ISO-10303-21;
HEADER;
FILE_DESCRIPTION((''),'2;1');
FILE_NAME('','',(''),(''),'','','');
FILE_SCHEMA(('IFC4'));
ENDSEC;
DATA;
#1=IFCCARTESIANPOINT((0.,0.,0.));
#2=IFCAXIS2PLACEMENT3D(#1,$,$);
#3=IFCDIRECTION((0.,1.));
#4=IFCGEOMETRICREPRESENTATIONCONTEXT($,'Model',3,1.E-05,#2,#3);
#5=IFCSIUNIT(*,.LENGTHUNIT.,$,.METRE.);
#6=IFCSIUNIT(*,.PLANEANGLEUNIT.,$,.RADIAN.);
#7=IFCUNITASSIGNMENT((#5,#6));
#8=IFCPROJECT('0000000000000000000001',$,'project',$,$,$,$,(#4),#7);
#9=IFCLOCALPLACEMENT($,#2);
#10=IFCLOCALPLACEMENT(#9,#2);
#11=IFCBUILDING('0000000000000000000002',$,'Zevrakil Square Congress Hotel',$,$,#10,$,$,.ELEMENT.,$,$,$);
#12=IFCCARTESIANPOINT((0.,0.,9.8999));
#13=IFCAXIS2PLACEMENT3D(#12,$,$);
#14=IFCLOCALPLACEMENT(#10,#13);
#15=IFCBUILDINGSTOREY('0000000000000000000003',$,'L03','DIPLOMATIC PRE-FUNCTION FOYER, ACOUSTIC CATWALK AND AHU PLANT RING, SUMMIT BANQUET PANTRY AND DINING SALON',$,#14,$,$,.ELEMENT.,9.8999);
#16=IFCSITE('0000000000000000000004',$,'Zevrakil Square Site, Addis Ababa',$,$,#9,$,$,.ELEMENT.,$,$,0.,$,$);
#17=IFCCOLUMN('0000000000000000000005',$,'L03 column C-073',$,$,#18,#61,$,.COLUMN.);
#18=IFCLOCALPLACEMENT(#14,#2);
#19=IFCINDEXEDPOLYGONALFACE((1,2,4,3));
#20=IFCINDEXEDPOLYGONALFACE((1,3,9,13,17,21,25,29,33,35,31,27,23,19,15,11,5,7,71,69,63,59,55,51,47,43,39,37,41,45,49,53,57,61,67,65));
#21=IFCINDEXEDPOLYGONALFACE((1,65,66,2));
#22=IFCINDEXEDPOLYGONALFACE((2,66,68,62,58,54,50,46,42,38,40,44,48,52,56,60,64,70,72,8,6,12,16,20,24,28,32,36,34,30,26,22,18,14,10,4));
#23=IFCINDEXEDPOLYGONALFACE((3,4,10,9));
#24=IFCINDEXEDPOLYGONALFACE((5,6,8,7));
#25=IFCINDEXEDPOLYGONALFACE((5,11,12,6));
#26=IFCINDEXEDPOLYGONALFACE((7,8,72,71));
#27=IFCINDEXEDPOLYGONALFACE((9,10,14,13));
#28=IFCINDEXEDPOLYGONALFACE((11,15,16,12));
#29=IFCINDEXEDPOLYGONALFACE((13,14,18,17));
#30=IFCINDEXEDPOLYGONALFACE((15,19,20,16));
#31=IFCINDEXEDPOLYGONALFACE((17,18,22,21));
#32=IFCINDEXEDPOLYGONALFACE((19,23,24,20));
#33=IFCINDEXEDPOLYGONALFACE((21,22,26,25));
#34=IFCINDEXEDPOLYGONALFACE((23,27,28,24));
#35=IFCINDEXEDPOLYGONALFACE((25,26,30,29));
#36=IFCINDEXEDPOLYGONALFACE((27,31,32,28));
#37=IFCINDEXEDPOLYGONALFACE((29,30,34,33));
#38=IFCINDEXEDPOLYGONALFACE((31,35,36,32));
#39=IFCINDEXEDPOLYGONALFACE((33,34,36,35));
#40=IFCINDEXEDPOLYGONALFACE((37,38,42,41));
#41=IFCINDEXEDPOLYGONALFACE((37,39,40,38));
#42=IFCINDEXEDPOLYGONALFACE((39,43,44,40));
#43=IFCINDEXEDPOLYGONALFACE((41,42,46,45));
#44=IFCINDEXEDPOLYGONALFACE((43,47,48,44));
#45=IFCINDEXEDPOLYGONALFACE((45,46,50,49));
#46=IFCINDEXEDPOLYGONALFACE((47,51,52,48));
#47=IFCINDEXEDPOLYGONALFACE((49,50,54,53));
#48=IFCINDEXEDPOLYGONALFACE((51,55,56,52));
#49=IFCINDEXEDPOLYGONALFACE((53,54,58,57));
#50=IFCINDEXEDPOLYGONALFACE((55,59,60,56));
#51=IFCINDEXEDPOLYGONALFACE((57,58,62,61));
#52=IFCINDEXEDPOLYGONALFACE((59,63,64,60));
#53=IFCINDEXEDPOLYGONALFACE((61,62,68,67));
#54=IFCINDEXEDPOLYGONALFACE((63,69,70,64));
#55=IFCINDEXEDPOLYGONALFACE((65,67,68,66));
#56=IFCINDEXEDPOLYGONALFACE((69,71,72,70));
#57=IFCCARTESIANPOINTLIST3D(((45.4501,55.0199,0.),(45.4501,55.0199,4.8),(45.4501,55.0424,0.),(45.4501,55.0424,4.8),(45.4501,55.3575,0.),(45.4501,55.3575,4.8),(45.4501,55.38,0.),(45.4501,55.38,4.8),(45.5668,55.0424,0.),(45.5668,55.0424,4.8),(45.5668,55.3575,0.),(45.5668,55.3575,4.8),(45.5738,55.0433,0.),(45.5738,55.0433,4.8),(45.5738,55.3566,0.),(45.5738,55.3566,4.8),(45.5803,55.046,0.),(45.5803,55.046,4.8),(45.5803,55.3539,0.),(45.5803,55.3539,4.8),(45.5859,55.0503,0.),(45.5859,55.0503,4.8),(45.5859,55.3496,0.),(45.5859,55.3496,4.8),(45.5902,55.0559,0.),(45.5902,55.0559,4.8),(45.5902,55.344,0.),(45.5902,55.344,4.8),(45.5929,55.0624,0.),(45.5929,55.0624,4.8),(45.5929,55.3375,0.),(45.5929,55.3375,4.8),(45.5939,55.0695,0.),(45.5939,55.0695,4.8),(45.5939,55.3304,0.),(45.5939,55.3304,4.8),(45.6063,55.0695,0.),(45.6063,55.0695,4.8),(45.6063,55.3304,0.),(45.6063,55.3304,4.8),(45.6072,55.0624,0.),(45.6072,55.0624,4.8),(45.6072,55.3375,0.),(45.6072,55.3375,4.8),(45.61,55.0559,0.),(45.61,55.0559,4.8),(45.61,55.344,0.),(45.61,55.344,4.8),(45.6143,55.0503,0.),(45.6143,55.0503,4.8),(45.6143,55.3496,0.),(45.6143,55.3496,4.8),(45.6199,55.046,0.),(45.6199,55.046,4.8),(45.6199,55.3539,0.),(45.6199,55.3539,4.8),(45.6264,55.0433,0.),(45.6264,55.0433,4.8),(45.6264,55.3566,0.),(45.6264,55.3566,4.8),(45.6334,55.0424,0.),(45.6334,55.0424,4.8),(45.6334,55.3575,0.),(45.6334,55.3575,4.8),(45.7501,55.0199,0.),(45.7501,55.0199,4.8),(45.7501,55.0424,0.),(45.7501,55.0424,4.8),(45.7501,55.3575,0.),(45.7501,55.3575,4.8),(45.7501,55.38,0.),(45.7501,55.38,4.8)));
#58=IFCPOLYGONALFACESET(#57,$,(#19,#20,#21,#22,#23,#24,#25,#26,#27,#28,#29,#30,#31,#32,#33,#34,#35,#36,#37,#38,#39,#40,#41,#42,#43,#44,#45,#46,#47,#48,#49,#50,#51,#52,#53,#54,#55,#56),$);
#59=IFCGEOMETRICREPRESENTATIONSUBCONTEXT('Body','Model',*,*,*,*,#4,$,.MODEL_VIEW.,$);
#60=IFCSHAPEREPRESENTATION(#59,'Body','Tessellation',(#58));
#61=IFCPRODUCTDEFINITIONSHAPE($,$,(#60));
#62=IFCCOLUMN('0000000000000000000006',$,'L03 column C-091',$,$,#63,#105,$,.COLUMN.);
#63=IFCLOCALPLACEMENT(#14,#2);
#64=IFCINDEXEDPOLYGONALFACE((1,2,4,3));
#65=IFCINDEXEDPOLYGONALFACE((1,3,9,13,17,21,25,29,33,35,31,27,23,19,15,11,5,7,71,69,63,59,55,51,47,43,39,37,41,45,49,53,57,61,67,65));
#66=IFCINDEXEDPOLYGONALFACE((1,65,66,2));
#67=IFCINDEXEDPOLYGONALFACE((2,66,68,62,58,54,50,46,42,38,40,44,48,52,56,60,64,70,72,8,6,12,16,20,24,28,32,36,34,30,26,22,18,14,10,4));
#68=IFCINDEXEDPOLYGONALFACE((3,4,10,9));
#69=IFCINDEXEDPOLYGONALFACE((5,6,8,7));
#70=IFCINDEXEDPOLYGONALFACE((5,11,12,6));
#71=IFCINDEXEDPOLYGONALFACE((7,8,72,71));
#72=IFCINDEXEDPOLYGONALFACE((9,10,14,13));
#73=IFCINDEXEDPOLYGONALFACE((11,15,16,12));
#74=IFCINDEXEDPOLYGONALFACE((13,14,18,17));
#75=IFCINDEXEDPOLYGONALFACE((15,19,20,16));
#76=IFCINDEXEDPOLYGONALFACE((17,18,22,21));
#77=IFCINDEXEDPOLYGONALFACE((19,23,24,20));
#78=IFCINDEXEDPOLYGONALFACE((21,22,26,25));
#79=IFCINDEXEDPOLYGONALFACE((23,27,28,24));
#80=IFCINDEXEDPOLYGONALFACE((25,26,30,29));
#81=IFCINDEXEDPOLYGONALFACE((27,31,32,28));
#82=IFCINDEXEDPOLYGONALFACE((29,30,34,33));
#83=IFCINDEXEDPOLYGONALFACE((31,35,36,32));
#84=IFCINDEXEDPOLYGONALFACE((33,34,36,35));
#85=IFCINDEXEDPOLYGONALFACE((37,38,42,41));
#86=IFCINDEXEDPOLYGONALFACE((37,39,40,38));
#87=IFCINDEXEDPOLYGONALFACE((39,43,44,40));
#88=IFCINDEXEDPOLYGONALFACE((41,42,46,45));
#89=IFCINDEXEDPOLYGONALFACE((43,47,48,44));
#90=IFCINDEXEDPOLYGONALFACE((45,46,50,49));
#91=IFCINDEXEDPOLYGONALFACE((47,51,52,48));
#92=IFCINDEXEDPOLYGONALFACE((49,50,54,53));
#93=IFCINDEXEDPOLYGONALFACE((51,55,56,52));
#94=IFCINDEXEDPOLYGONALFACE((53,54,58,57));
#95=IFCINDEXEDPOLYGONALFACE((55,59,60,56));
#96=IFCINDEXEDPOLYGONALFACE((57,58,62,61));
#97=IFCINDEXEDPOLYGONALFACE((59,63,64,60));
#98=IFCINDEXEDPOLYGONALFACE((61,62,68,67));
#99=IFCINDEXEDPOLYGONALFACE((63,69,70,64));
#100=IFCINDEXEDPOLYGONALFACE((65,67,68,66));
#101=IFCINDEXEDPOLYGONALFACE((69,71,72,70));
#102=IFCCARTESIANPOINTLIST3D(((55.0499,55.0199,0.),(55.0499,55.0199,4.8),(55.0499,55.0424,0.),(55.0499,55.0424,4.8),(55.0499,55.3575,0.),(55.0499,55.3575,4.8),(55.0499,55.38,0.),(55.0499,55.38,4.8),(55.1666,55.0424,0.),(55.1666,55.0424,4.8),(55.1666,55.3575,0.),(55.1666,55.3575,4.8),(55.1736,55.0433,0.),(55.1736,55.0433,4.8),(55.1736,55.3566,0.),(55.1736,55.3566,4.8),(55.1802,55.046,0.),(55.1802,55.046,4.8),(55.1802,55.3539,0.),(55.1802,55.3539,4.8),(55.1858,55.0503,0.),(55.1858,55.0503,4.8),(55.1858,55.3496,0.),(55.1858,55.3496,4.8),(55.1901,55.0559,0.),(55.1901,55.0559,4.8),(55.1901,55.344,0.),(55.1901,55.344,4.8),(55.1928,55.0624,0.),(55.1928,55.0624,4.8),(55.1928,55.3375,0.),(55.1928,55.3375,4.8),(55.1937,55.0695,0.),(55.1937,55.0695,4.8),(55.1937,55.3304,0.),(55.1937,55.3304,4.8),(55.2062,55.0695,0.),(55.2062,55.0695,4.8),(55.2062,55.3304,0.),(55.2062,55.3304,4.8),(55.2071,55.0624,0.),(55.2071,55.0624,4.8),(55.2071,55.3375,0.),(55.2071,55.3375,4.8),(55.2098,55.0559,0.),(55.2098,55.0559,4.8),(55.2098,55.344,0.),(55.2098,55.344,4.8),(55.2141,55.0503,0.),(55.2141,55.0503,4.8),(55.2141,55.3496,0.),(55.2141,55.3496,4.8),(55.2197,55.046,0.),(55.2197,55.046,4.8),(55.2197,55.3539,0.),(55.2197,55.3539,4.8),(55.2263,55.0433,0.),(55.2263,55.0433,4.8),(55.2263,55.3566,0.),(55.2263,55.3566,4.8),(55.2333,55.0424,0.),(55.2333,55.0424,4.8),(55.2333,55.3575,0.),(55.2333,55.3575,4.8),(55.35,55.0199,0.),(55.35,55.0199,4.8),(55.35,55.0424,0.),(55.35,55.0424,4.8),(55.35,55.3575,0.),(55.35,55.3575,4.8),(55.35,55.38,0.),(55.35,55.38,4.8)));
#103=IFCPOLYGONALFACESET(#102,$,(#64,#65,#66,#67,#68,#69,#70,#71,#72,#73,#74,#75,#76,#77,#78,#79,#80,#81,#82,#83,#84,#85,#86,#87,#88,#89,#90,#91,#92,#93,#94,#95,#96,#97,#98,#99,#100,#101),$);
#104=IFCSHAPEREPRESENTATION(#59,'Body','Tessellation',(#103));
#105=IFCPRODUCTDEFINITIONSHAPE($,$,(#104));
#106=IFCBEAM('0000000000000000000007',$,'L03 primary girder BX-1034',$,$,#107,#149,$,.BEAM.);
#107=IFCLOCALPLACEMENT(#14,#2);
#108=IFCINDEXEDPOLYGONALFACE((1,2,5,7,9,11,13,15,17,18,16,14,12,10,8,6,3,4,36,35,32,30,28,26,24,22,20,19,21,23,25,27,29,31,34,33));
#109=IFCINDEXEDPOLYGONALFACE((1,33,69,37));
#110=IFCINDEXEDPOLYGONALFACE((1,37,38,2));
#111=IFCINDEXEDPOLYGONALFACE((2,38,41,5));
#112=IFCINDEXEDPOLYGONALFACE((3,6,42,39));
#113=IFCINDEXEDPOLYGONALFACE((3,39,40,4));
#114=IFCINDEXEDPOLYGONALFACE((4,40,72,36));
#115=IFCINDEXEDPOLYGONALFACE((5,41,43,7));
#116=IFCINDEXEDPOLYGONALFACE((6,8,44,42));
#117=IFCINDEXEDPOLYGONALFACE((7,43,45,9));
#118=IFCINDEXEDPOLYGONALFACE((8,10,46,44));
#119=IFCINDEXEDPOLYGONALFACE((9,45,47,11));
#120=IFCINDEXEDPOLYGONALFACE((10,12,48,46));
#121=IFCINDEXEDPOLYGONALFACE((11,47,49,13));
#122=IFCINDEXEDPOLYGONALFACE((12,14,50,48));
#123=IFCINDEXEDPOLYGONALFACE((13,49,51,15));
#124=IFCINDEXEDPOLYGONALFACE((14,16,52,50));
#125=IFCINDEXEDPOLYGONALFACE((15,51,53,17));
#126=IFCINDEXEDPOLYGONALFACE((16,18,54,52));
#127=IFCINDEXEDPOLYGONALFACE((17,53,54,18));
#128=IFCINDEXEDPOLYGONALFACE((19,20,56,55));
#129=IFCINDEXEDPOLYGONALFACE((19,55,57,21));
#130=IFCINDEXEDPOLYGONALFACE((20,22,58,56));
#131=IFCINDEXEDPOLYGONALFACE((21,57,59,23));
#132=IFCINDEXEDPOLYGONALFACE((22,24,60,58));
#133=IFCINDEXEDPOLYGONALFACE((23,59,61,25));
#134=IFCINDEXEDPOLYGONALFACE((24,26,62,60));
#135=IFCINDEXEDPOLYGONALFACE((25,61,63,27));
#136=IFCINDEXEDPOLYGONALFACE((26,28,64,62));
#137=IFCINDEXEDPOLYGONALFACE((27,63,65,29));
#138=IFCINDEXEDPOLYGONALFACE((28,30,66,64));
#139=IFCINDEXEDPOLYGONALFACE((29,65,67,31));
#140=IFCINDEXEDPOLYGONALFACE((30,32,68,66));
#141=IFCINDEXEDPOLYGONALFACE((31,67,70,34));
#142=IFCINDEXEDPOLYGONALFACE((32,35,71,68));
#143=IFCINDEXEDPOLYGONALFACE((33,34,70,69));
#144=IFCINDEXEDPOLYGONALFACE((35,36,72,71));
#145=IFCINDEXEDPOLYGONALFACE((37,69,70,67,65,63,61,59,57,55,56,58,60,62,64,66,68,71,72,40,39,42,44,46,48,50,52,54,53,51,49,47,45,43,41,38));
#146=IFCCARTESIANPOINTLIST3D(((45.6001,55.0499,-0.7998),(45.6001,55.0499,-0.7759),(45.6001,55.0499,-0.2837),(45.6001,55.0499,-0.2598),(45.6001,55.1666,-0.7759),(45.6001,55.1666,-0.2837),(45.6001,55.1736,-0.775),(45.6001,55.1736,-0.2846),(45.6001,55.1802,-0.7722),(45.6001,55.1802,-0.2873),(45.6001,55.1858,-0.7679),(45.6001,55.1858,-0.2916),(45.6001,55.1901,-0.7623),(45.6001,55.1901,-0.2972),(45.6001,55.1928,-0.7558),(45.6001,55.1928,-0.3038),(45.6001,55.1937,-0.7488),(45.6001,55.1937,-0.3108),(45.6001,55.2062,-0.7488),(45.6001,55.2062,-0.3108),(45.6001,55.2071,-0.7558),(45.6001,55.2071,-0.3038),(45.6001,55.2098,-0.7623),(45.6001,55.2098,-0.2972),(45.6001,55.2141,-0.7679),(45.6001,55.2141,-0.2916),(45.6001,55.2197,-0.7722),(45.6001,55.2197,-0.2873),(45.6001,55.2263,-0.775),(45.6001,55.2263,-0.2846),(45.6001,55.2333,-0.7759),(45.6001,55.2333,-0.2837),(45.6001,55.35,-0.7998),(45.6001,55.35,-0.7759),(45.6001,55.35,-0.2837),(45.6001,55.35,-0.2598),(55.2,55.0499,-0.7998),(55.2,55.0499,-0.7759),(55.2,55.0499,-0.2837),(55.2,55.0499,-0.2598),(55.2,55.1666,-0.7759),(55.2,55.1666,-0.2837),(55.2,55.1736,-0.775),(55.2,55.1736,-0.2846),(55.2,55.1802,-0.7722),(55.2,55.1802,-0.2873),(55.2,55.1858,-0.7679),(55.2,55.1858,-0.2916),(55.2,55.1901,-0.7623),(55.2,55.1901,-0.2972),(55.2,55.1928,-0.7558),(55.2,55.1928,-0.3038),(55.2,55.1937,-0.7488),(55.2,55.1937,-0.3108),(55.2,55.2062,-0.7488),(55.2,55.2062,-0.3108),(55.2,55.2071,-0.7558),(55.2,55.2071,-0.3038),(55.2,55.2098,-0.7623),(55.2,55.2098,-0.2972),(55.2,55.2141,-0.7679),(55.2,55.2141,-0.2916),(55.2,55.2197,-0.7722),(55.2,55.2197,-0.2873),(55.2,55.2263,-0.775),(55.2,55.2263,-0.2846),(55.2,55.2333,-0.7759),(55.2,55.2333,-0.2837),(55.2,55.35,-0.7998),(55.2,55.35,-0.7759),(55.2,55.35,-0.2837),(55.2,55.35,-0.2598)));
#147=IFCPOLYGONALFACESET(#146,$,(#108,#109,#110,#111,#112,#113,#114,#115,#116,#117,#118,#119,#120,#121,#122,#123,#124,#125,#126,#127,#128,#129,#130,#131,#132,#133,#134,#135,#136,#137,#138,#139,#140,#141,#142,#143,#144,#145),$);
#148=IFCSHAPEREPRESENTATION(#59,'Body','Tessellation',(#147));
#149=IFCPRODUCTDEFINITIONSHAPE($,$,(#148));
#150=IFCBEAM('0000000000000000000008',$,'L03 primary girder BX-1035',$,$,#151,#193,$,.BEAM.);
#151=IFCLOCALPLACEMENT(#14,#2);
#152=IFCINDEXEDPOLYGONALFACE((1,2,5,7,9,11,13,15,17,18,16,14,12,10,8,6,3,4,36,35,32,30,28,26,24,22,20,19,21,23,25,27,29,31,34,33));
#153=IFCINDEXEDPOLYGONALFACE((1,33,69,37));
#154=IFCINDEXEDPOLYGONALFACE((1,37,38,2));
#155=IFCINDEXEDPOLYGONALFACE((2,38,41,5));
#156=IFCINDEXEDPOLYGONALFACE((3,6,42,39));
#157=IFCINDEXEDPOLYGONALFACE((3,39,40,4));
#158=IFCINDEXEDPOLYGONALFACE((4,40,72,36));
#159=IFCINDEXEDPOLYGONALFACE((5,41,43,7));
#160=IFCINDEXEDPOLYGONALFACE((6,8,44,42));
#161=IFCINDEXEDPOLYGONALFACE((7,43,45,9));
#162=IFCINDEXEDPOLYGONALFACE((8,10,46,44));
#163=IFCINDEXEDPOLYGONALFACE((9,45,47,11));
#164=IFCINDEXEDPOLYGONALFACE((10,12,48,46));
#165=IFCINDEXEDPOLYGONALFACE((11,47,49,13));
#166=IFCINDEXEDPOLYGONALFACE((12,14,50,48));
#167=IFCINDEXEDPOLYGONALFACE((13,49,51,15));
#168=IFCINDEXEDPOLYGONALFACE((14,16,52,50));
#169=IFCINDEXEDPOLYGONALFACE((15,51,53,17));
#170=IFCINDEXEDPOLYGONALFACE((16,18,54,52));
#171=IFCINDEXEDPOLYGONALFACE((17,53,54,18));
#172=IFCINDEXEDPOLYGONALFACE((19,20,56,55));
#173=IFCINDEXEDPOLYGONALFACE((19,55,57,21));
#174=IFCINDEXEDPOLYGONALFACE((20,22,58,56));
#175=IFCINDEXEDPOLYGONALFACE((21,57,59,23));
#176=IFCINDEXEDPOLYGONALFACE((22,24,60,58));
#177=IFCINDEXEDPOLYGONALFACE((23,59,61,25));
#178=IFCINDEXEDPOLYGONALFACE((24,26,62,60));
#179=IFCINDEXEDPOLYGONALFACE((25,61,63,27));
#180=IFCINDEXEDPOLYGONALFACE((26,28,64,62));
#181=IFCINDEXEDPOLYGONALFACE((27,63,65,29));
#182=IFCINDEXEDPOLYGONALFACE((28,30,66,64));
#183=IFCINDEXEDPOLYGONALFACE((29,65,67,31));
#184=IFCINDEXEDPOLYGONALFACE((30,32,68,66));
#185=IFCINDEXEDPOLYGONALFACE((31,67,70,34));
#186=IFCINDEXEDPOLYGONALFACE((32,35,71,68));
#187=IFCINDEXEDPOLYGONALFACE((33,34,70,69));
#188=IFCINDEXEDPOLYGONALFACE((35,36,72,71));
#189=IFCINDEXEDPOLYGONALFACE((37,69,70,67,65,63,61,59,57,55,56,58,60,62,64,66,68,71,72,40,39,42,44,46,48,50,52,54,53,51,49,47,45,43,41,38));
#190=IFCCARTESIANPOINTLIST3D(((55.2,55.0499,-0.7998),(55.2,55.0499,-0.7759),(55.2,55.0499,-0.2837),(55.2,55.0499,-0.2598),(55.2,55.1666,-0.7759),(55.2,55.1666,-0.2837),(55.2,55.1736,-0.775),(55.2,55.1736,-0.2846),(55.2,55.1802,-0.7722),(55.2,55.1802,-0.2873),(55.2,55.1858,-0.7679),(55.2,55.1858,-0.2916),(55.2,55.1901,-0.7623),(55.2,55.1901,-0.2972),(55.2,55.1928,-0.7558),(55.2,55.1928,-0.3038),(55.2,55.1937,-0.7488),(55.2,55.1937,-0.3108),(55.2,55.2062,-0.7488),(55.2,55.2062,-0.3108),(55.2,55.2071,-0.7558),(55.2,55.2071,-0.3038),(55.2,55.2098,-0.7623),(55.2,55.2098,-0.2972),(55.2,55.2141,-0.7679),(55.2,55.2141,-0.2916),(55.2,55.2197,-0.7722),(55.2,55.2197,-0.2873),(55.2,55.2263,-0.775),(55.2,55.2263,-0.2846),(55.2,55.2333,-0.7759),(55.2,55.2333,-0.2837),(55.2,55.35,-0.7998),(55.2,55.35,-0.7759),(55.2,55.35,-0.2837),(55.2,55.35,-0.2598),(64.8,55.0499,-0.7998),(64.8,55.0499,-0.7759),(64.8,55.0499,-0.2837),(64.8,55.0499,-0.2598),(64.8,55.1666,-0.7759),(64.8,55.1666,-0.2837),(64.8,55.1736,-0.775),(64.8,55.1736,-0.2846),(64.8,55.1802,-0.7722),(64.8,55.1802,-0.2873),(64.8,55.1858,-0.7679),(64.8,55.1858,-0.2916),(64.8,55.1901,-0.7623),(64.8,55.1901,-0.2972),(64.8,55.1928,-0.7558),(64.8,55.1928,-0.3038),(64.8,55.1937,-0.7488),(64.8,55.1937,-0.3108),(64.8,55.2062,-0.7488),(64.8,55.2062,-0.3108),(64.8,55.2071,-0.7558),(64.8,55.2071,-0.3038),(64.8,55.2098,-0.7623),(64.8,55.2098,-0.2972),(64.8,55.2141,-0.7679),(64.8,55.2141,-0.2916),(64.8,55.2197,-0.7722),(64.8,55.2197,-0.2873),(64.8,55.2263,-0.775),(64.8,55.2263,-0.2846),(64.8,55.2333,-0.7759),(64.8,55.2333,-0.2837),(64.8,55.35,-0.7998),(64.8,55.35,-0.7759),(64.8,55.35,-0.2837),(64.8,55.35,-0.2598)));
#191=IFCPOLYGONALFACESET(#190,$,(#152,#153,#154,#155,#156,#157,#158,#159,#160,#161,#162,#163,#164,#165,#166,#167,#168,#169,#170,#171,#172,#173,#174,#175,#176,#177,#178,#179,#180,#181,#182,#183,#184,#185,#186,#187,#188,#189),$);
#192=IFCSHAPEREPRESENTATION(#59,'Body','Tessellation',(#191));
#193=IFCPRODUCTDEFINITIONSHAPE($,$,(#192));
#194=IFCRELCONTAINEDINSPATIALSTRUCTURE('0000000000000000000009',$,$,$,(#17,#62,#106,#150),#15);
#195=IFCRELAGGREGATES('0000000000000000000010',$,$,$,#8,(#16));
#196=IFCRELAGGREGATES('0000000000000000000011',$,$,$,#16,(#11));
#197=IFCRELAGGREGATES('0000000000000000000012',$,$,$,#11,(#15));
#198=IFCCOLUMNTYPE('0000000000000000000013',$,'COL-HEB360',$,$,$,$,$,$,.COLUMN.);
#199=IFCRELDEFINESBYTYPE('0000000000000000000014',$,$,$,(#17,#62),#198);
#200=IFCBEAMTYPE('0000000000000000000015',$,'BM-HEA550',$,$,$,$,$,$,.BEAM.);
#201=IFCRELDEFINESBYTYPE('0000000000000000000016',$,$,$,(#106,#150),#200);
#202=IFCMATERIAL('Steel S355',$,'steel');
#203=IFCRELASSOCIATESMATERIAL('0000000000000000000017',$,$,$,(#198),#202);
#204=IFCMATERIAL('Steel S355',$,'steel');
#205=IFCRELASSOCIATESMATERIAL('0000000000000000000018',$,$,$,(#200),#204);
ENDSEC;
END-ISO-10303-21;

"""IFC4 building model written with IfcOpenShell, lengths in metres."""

from ifc_helpers import new_model, si_unit, direction, frame, origin, origin_2d, place, context, subcontext, project, spatial, i_section, extrude, material, material_profile, profile_set, type_object, element, save


model = new_model("IFC4")

# Units and contexts
model_context = context("Model", 3, precision=1e-05, world=origin(), true_north=direction((0.0, 1.0)))
body_context = subcontext(model_context, "Body", "Model", "MODEL_VIEW")
ifc_project = project(units=[si_unit("LENGTHUNIT", "METRE"), si_unit("PLANEANGLEUNIT", "RADIAN")], contexts=[model_context])

# Site, building, storey
site_placement = place(None, origin())
site = spatial("IfcSite", under=ifc_project, at=site_placement, Name="Zevrakil Square Site, Addis Ababa", CompositionType="ELEMENT", RefElevation=0.0)
building_placement = place(site_placement, origin())
building = spatial("IfcBuilding", under=site, at=building_placement, Name="Zevrakil Square Congress Hotel", CompositionType="ELEMENT")
storey_placement = place(building_placement, frame((0.0, 0.0, 9.8999)))
storey = spatial("IfcBuildingStorey", under=building, at=storey_placement, Name="L03", Description="DIPLOMATIC PRE-FUNCTION FOYER, ACOUSTIC CATWALK AND AHU PLANT RING, SUMMIT BANQUET PANTRY AND DINING SALON", CompositionType="ELEMENT", Elevation=9.8999)

# Columns
ifc_material_1 = material(Name="Steel S355", Category="steel")
ifc_material_profile_1 = material_profile(ifc_material_1, i_section(OverallWidth=0.3, OverallDepth=0.3601, WebThickness=0.0125, FlangeThickness=0.0225, FilletRadius=0.0271, at=origin_2d()), Name="HEB 360")
ifc_profile_set_1 = profile_set([ifc_material_profile_1], Name="Steel S355")
column_type = type_object("IfcColumnType", Name="COL-HEB360", PredefinedType="COLUMN", material=ifc_profile_set_1)
for number, where, z_axis, x_axis, name in (
    (1, (45.6001, 55.2, 0.0), (0.0, 0.0, 1.0), (1.0, 0.0, 0.0), "L03 column C-073"),
    (2, (55.2, 55.2, 0.0), (0.0, 0.0, 1.0), (1.0, 0.0, 0.0), "L03 column C-091"),
):
    element("IfcColumn", number, at=place(storey_placement, frame(where, z_axis=z_axis, x_axis=x_axis)), inside=storey, type_object=column_type, Name=name, PredefinedType="COLUMN", context=body_context, shape_type="SweptSolid", body=[
        extrude(i_section(OverallWidth=0.3, OverallDepth=0.3601, WebThickness=0.0125, FlangeThickness=0.0225, FilletRadius=0.0271, at=origin_2d()), origin(), (0.0, 0.0, 1.0), 4.8),
    ])

# Beams
ifc_material_2 = material(Name="Steel S355", Category="steel")
ifc_material_profile_2 = material_profile(ifc_material_2, i_section(OverallWidth=0.3, OverallDepth=0.54, WebThickness=0.0125, FlangeThickness=0.0239, FilletRadius=0.0271, at=origin_2d()), Name="HEA 550")
ifc_profile_set_2 = profile_set([ifc_material_profile_2], Name="Steel S355")
beam_type_1 = type_object("IfcBeamType", Name="BM-HEA550", PredefinedType="BEAM", material=ifc_profile_set_2)
beam_1_placement = place(storey_placement, frame((45.6001, 55.2, -0.5298), z_axis=(1.0, 0.0, 0.0), x_axis=(0.0, 1.0, 0.0)))
element("IfcBeam", 3, at=beam_1_placement, inside=storey, type_object=beam_type_1, Name="L03 primary girder BX-1034", PredefinedType="BEAM", context=body_context, shape_type="SweptSolid", body=[
    extrude(i_section(OverallWidth=0.3, OverallDepth=0.54, WebThickness=0.0125, FlangeThickness=0.0239, FilletRadius=0.0271, at=origin_2d()), origin(), (0.0, 0.0, 1.0), 9.5999),
])
beam_2_placement = place(storey_placement, frame((55.2, 55.2, -0.5298), z_axis=(1.0, 0.0, 0.0), x_axis=(0.0, 1.0, 0.0)))
element("IfcBeam", 4, at=beam_2_placement, inside=storey, type_object=beam_type_1, Name="L03 primary girder BX-1035", PredefinedType="BEAM", context=body_context, shape_type="SweptSolid", body=[
    extrude(i_section(OverallWidth=0.3, OverallDepth=0.54, WebThickness=0.0125, FlangeThickness=0.0239, FilletRadius=0.0271, at=origin_2d()), origin(), (0.0, 0.0, 1.0), 9.6001),
])

save(model, "model.ifc")
